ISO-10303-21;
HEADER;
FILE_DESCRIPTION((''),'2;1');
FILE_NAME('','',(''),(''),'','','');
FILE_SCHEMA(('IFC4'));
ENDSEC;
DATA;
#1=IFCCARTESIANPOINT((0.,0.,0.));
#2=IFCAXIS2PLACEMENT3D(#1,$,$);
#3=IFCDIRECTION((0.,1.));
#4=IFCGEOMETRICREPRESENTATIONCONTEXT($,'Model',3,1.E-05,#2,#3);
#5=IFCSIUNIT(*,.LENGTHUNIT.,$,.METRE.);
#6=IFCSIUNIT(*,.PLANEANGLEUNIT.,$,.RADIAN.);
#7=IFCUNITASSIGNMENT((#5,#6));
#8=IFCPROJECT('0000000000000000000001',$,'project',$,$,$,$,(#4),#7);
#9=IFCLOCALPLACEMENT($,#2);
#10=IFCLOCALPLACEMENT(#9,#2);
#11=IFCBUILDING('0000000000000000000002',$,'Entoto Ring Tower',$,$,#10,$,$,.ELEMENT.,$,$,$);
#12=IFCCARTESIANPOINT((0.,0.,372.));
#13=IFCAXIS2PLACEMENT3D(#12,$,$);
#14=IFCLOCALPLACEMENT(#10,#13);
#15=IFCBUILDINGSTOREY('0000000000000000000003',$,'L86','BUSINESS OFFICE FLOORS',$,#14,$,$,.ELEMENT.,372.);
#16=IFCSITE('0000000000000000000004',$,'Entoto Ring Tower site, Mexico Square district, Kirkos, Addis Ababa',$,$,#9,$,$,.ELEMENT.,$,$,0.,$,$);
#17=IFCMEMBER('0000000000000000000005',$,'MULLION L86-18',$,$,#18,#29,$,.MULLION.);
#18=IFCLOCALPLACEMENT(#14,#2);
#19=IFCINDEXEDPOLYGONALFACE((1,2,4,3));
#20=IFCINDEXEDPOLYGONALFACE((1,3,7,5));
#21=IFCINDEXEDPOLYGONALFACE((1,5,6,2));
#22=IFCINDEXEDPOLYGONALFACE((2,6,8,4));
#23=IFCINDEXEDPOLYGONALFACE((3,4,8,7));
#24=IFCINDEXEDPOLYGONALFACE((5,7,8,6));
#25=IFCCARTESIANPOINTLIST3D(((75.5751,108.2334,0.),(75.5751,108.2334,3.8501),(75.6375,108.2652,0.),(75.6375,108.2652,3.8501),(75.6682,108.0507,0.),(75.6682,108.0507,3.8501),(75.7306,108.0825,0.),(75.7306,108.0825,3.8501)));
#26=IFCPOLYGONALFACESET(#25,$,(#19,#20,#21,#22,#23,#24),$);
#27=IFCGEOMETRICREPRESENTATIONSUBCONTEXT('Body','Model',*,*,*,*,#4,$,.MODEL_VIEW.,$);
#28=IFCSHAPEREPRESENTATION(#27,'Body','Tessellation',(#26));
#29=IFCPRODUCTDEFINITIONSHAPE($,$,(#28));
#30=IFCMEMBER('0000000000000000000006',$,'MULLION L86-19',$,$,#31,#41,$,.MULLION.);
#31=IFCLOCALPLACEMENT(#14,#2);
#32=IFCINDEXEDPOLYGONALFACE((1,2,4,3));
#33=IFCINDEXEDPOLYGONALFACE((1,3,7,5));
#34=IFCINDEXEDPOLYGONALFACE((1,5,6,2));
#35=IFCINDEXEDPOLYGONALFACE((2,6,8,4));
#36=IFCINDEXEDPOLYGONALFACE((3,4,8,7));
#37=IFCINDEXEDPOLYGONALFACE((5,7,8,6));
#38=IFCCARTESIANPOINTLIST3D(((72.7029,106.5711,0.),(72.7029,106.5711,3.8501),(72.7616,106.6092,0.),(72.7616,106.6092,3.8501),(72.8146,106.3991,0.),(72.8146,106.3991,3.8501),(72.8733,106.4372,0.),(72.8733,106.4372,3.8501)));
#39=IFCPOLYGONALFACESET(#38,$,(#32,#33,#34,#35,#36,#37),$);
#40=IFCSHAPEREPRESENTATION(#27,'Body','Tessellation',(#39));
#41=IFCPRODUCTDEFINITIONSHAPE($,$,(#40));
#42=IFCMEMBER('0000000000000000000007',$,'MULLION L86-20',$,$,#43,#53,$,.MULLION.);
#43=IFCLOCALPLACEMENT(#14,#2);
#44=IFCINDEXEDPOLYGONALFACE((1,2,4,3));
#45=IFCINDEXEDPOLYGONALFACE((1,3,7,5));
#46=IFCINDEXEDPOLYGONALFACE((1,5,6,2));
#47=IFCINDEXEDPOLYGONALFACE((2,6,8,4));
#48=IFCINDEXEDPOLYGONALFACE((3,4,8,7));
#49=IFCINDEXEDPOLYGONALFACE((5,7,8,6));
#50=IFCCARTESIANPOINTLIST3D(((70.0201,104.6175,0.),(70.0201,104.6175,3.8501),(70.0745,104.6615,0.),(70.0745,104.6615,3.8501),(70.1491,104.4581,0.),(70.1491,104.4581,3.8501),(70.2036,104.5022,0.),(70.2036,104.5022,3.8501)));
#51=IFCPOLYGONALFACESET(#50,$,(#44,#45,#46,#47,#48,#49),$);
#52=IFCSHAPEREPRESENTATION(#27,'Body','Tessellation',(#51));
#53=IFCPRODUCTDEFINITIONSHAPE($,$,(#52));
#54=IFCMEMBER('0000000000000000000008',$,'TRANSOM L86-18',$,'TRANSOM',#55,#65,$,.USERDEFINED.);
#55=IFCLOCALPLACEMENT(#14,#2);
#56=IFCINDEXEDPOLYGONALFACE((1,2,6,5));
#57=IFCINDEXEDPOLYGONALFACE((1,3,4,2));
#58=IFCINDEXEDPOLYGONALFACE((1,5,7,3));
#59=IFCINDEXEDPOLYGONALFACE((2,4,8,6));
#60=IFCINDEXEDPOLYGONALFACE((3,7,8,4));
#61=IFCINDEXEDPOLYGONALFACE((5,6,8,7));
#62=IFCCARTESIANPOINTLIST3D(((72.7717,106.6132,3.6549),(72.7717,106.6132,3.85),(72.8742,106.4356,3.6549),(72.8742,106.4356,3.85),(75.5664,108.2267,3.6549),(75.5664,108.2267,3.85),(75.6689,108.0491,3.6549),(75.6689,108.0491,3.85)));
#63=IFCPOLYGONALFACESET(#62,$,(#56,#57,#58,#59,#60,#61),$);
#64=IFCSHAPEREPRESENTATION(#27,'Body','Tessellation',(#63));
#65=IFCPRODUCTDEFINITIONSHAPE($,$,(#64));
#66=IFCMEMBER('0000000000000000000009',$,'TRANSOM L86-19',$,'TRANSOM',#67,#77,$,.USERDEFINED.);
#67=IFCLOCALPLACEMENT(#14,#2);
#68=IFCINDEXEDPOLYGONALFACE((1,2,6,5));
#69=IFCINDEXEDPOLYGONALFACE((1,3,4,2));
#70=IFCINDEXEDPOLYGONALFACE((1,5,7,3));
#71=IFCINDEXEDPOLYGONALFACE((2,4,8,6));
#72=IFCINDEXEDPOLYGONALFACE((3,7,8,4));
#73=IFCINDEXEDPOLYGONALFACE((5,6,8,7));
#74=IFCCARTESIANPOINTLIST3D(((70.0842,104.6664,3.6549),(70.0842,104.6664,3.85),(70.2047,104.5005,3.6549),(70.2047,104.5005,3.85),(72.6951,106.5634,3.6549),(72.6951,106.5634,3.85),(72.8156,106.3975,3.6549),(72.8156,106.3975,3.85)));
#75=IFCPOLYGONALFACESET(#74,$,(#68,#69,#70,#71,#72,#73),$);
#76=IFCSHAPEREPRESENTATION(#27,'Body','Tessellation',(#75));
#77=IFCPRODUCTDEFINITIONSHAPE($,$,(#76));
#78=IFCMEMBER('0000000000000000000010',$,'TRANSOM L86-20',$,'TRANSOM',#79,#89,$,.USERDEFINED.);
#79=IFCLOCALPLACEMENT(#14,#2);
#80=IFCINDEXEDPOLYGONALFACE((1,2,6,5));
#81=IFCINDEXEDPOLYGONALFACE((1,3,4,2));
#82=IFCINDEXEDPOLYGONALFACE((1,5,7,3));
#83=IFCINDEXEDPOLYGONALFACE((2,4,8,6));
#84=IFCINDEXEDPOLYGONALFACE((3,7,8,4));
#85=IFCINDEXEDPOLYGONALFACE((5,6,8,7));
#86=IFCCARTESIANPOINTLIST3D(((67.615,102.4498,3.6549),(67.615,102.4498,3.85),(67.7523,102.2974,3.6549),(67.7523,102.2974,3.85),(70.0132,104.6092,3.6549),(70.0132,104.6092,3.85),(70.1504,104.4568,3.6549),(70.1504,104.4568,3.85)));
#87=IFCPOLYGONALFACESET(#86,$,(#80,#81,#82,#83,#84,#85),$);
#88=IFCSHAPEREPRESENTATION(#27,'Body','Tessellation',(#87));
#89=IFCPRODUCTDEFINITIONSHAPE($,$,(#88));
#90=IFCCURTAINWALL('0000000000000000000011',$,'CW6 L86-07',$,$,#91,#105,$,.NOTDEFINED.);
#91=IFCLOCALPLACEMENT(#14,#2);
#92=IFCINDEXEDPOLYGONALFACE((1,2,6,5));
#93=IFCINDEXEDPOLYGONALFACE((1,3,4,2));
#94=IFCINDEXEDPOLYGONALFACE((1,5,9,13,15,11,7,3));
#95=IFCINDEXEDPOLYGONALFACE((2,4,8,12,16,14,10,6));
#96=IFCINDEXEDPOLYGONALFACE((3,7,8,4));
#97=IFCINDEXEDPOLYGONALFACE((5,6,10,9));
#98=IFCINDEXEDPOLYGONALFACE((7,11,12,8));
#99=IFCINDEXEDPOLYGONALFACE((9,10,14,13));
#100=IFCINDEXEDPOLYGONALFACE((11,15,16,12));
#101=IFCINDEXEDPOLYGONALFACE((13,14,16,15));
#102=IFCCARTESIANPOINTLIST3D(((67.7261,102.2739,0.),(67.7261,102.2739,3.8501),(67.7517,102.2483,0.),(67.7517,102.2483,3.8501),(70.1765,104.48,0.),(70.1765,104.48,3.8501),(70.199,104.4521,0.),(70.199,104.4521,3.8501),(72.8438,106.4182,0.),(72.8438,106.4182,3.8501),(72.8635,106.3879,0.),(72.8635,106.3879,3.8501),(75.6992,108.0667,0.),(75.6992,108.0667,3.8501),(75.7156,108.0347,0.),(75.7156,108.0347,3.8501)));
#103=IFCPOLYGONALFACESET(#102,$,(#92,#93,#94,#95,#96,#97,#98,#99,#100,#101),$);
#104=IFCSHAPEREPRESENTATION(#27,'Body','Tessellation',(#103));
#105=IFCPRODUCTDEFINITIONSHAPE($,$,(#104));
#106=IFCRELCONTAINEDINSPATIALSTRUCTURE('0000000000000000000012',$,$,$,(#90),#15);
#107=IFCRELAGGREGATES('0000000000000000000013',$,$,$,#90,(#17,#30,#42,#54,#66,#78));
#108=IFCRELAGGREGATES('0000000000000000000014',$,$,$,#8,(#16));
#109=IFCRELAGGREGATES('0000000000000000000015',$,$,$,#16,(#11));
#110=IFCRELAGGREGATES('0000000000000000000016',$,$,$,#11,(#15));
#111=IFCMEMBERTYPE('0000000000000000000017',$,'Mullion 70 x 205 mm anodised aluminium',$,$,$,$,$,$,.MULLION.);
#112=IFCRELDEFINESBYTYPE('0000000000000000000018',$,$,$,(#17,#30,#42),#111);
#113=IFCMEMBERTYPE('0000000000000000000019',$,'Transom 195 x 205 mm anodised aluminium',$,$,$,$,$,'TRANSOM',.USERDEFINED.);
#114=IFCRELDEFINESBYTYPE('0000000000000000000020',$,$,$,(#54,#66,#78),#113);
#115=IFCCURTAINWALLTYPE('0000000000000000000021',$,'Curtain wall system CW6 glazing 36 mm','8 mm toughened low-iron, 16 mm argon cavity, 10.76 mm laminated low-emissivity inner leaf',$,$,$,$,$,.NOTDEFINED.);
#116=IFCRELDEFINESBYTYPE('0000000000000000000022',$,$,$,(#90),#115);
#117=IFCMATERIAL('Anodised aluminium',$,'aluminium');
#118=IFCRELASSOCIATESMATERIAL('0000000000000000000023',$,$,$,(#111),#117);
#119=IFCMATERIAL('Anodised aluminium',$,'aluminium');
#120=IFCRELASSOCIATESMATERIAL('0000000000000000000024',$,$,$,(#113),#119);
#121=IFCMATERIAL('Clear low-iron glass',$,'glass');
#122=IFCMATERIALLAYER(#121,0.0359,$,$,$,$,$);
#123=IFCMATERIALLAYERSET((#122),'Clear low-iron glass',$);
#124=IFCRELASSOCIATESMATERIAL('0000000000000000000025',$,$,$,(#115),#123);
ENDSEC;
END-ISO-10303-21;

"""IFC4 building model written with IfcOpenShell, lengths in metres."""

from ifc_helpers import new_model, si_unit, direction, frame, origin, origin_2d, place, context, subcontext, project, spatial, polyline, rectangle, outline, extrude, material, layer, layer_set, material_profile, profile_set, type_object, element, aggregate, save


model = new_model("IFC4")

# Units and contexts
model_context = context("Model", 3, precision=1e-05, world=origin(), true_north=direction((0.0, 1.0)))
body_context = subcontext(model_context, "Body", "Model", "MODEL_VIEW")
ifc_project = project(units=[si_unit("LENGTHUNIT", "METRE"), si_unit("PLANEANGLEUNIT", "RADIAN")], contexts=[model_context])

# Members
ifc_material_1 = material(Name="Anodised aluminium", Category="aluminium")
ifc_material_profile_1 = material_profile(ifc_material_1, rectangle(XDim=0.0701, YDim=0.2051, at=origin_2d()), Name="Mullion 70 x 205 mm anodised aluminium")
ifc_profile_set_1 = profile_set([ifc_material_profile_1], Name="Anodised aluminium")
member_type_1 = type_object("IfcMemberType", Name="Mullion 70 x 205 mm anodised aluminium", PredefinedType="MULLION", material=ifc_profile_set_1)
site_placement = place(None, origin())
building_placement = place(site_placement, origin())
storey_placement = place(building_placement, frame((0.0, 0.0, 372.0)))
member_1_placement = place(storey_placement, frame((75.6528, 108.158, 0.0), z_axis=(0.0, 0.0, 1.0), x_axis=(-0.891007, -0.45399, 0.0)))
member_1 = element("IfcMember", 1, at=member_1_placement, type_object=member_type_1, Name="MULLION L86-18", PredefinedType="MULLION", context=body_context, shape_type="SweptSolid", body=[
    extrude(rectangle(XDim=0.0701, YDim=0.2051, at=origin_2d()), origin(), (0.0, 0.0, 1.0), 3.8501),
])
member_2_placement = place(storey_placement, frame((72.7881, 106.5042, 0.0), z_axis=(0.0, 0.0, 1.0), x_axis=(-0.838671, -0.544639, 0.0)))
member_2 = element("IfcMember", 2, at=member_2_placement, type_object=member_type_1, Name="MULLION L86-19", PredefinedType="MULLION", context=body_context, shape_type="SweptSolid", body=[
    extrude(rectangle(XDim=0.0701, YDim=0.2051, at=origin_2d()), origin(), (0.0, 0.0, 1.0), 3.8501),
])
member_3_placement = place(storey_placement, frame((70.1118, 104.5598, 0.0), z_axis=(0.0, 0.0, 1.0), x_axis=(-0.777146, -0.62932, 0.0)))
member_3 = element("IfcMember", 3, at=member_3_placement, type_object=member_type_1, Name="MULLION L86-20", PredefinedType="MULLION", context=body_context, shape_type="SweptSolid", body=[
    extrude(rectangle(XDim=0.0701, YDim=0.2051, at=origin_2d()), origin(), (0.0, 0.0, 1.0), 3.8501),
])
ifc_material_2 = material(Name="Anodised aluminium", Category="aluminium")
ifc_material_profile_2 = material_profile(ifc_material_2, rectangle(XDim=0.2051, YDim=0.1951, at=origin_2d()), Name="Transom 195 x 205 mm anodised aluminium")
ifc_profile_set_2 = profile_set([ifc_material_profile_2], Name="Anodised aluminium")
member_type_2 = type_object("IfcMemberType", Name="Transom 195 x 205 mm anodised aluminium", ElementType="TRANSOM", PredefinedType="USERDEFINED", material=ifc_profile_set_2)
member_4_placement = place(storey_placement, frame((75.6177, 108.1379, 3.7524), z_axis=(-0.866023, -0.500004, 0.0), x_axis=(0.500004, -0.866023, 0.0)))
member_4 = element("IfcMember", 4, at=member_4_placement, type_object=member_type_2, Name="TRANSOM L86-18", ObjectType="TRANSOM", PredefinedType="USERDEFINED", context=body_context, shape_type="SweptSolid", body=[
    extrude(rectangle(XDim=0.2051, YDim=0.1951, at=origin_2d()), origin(), (0.0, 0.0, 1.0), 3.2271),
])
member_5_placement = place(storey_placement, frame((72.7554, 106.4805, 3.7524), z_axis=(-0.809004, -0.587803, 0.0), x_axis=(0.587803, -0.809004, 0.0)))
member_5 = element("IfcMember", 5, at=member_5_placement, type_object=member_type_2, Name="TRANSOM L86-19", ObjectType="TRANSOM", PredefinedType="USERDEFINED", context=body_context, shape_type="SweptSolid", body=[
    extrude(rectangle(XDim=0.2051, YDim=0.1951, at=origin_2d()), origin(), (0.0, 0.0, 1.0), 3.2273),
])
member_6_placement = place(storey_placement, frame((70.0818, 104.533, 3.7524), z_axis=(-0.743132, -0.669144, 0.0), x_axis=(0.669144, -0.743132, 0.0)))
member_6 = element("IfcMember", 6, at=member_6_placement, type_object=member_type_2, Name="TRANSOM L86-20", ObjectType="TRANSOM", PredefinedType="USERDEFINED", context=body_context, shape_type="SweptSolid", body=[
    extrude(rectangle(XDim=0.2051, YDim=0.1951, at=origin_2d()), origin(), (0.0, 0.0, 1.0), 3.2271),
])

# Site, building, storey
site = spatial("IfcSite", under=ifc_project, at=site_placement, Name="Entoto Ring Tower site, Mexico Square district, Kirkos, Addis Ababa", CompositionType="ELEMENT", RefElevation=0.0)
building = spatial("IfcBuilding", under=site, at=building_placement, Name="Entoto Ring Tower", CompositionType="ELEMENT")
storey = spatial("IfcBuildingStorey", under=building, at=storey_placement, Name="L86", Description="BUSINESS OFFICE FLOORS", CompositionType="ELEMENT", Elevation=372.0)

# Curtain wall
ifc_material_3 = material(Name="Clear low-iron glass", Category="glass")
ifc_layer = layer(ifc_material_3, 0.0359)
ifc_layer_set = layer_set([ifc_layer], Name="Clear low-iron glass")
curtain_wall_type = type_object("IfcCurtainWallType", Name="Curtain wall system CW6 glazing 36 mm", Description="8 mm toughened low-iron, 16 mm argon cavity, 10.76 mm laminated low-emissivity inner leaf", PredefinedType="NOTDEFINED", material=ifc_layer_set)
curtain_wall_1_placement = place(storey_placement, origin())
curtain_wall_1 = element("IfcCurtainWall", 7, at=curtain_wall_1_placement, inside=storey, type_object=curtain_wall_type, Name="CW6 L86-07", PredefinedType="NOTDEFINED", context=body_context, shape_type="SweptSolid", body=[
    extrude(outline(polyline([(75.6992, 108.0667), (72.8438, 106.4182), (70.1765, 104.48), (67.7261, 102.2739), (67.7517, 102.2483), (70.199, 104.4521), (72.8635, 106.3879), (75.7156, 108.0347), (75.6992, 108.0667)])), origin(), (0.0, 0.0, 1.0), 3.8501),
])
aggregate(curtain_wall_1, [member_1, member_2, member_3, member_4, member_5, member_6])

save(model, "model.ifc")
